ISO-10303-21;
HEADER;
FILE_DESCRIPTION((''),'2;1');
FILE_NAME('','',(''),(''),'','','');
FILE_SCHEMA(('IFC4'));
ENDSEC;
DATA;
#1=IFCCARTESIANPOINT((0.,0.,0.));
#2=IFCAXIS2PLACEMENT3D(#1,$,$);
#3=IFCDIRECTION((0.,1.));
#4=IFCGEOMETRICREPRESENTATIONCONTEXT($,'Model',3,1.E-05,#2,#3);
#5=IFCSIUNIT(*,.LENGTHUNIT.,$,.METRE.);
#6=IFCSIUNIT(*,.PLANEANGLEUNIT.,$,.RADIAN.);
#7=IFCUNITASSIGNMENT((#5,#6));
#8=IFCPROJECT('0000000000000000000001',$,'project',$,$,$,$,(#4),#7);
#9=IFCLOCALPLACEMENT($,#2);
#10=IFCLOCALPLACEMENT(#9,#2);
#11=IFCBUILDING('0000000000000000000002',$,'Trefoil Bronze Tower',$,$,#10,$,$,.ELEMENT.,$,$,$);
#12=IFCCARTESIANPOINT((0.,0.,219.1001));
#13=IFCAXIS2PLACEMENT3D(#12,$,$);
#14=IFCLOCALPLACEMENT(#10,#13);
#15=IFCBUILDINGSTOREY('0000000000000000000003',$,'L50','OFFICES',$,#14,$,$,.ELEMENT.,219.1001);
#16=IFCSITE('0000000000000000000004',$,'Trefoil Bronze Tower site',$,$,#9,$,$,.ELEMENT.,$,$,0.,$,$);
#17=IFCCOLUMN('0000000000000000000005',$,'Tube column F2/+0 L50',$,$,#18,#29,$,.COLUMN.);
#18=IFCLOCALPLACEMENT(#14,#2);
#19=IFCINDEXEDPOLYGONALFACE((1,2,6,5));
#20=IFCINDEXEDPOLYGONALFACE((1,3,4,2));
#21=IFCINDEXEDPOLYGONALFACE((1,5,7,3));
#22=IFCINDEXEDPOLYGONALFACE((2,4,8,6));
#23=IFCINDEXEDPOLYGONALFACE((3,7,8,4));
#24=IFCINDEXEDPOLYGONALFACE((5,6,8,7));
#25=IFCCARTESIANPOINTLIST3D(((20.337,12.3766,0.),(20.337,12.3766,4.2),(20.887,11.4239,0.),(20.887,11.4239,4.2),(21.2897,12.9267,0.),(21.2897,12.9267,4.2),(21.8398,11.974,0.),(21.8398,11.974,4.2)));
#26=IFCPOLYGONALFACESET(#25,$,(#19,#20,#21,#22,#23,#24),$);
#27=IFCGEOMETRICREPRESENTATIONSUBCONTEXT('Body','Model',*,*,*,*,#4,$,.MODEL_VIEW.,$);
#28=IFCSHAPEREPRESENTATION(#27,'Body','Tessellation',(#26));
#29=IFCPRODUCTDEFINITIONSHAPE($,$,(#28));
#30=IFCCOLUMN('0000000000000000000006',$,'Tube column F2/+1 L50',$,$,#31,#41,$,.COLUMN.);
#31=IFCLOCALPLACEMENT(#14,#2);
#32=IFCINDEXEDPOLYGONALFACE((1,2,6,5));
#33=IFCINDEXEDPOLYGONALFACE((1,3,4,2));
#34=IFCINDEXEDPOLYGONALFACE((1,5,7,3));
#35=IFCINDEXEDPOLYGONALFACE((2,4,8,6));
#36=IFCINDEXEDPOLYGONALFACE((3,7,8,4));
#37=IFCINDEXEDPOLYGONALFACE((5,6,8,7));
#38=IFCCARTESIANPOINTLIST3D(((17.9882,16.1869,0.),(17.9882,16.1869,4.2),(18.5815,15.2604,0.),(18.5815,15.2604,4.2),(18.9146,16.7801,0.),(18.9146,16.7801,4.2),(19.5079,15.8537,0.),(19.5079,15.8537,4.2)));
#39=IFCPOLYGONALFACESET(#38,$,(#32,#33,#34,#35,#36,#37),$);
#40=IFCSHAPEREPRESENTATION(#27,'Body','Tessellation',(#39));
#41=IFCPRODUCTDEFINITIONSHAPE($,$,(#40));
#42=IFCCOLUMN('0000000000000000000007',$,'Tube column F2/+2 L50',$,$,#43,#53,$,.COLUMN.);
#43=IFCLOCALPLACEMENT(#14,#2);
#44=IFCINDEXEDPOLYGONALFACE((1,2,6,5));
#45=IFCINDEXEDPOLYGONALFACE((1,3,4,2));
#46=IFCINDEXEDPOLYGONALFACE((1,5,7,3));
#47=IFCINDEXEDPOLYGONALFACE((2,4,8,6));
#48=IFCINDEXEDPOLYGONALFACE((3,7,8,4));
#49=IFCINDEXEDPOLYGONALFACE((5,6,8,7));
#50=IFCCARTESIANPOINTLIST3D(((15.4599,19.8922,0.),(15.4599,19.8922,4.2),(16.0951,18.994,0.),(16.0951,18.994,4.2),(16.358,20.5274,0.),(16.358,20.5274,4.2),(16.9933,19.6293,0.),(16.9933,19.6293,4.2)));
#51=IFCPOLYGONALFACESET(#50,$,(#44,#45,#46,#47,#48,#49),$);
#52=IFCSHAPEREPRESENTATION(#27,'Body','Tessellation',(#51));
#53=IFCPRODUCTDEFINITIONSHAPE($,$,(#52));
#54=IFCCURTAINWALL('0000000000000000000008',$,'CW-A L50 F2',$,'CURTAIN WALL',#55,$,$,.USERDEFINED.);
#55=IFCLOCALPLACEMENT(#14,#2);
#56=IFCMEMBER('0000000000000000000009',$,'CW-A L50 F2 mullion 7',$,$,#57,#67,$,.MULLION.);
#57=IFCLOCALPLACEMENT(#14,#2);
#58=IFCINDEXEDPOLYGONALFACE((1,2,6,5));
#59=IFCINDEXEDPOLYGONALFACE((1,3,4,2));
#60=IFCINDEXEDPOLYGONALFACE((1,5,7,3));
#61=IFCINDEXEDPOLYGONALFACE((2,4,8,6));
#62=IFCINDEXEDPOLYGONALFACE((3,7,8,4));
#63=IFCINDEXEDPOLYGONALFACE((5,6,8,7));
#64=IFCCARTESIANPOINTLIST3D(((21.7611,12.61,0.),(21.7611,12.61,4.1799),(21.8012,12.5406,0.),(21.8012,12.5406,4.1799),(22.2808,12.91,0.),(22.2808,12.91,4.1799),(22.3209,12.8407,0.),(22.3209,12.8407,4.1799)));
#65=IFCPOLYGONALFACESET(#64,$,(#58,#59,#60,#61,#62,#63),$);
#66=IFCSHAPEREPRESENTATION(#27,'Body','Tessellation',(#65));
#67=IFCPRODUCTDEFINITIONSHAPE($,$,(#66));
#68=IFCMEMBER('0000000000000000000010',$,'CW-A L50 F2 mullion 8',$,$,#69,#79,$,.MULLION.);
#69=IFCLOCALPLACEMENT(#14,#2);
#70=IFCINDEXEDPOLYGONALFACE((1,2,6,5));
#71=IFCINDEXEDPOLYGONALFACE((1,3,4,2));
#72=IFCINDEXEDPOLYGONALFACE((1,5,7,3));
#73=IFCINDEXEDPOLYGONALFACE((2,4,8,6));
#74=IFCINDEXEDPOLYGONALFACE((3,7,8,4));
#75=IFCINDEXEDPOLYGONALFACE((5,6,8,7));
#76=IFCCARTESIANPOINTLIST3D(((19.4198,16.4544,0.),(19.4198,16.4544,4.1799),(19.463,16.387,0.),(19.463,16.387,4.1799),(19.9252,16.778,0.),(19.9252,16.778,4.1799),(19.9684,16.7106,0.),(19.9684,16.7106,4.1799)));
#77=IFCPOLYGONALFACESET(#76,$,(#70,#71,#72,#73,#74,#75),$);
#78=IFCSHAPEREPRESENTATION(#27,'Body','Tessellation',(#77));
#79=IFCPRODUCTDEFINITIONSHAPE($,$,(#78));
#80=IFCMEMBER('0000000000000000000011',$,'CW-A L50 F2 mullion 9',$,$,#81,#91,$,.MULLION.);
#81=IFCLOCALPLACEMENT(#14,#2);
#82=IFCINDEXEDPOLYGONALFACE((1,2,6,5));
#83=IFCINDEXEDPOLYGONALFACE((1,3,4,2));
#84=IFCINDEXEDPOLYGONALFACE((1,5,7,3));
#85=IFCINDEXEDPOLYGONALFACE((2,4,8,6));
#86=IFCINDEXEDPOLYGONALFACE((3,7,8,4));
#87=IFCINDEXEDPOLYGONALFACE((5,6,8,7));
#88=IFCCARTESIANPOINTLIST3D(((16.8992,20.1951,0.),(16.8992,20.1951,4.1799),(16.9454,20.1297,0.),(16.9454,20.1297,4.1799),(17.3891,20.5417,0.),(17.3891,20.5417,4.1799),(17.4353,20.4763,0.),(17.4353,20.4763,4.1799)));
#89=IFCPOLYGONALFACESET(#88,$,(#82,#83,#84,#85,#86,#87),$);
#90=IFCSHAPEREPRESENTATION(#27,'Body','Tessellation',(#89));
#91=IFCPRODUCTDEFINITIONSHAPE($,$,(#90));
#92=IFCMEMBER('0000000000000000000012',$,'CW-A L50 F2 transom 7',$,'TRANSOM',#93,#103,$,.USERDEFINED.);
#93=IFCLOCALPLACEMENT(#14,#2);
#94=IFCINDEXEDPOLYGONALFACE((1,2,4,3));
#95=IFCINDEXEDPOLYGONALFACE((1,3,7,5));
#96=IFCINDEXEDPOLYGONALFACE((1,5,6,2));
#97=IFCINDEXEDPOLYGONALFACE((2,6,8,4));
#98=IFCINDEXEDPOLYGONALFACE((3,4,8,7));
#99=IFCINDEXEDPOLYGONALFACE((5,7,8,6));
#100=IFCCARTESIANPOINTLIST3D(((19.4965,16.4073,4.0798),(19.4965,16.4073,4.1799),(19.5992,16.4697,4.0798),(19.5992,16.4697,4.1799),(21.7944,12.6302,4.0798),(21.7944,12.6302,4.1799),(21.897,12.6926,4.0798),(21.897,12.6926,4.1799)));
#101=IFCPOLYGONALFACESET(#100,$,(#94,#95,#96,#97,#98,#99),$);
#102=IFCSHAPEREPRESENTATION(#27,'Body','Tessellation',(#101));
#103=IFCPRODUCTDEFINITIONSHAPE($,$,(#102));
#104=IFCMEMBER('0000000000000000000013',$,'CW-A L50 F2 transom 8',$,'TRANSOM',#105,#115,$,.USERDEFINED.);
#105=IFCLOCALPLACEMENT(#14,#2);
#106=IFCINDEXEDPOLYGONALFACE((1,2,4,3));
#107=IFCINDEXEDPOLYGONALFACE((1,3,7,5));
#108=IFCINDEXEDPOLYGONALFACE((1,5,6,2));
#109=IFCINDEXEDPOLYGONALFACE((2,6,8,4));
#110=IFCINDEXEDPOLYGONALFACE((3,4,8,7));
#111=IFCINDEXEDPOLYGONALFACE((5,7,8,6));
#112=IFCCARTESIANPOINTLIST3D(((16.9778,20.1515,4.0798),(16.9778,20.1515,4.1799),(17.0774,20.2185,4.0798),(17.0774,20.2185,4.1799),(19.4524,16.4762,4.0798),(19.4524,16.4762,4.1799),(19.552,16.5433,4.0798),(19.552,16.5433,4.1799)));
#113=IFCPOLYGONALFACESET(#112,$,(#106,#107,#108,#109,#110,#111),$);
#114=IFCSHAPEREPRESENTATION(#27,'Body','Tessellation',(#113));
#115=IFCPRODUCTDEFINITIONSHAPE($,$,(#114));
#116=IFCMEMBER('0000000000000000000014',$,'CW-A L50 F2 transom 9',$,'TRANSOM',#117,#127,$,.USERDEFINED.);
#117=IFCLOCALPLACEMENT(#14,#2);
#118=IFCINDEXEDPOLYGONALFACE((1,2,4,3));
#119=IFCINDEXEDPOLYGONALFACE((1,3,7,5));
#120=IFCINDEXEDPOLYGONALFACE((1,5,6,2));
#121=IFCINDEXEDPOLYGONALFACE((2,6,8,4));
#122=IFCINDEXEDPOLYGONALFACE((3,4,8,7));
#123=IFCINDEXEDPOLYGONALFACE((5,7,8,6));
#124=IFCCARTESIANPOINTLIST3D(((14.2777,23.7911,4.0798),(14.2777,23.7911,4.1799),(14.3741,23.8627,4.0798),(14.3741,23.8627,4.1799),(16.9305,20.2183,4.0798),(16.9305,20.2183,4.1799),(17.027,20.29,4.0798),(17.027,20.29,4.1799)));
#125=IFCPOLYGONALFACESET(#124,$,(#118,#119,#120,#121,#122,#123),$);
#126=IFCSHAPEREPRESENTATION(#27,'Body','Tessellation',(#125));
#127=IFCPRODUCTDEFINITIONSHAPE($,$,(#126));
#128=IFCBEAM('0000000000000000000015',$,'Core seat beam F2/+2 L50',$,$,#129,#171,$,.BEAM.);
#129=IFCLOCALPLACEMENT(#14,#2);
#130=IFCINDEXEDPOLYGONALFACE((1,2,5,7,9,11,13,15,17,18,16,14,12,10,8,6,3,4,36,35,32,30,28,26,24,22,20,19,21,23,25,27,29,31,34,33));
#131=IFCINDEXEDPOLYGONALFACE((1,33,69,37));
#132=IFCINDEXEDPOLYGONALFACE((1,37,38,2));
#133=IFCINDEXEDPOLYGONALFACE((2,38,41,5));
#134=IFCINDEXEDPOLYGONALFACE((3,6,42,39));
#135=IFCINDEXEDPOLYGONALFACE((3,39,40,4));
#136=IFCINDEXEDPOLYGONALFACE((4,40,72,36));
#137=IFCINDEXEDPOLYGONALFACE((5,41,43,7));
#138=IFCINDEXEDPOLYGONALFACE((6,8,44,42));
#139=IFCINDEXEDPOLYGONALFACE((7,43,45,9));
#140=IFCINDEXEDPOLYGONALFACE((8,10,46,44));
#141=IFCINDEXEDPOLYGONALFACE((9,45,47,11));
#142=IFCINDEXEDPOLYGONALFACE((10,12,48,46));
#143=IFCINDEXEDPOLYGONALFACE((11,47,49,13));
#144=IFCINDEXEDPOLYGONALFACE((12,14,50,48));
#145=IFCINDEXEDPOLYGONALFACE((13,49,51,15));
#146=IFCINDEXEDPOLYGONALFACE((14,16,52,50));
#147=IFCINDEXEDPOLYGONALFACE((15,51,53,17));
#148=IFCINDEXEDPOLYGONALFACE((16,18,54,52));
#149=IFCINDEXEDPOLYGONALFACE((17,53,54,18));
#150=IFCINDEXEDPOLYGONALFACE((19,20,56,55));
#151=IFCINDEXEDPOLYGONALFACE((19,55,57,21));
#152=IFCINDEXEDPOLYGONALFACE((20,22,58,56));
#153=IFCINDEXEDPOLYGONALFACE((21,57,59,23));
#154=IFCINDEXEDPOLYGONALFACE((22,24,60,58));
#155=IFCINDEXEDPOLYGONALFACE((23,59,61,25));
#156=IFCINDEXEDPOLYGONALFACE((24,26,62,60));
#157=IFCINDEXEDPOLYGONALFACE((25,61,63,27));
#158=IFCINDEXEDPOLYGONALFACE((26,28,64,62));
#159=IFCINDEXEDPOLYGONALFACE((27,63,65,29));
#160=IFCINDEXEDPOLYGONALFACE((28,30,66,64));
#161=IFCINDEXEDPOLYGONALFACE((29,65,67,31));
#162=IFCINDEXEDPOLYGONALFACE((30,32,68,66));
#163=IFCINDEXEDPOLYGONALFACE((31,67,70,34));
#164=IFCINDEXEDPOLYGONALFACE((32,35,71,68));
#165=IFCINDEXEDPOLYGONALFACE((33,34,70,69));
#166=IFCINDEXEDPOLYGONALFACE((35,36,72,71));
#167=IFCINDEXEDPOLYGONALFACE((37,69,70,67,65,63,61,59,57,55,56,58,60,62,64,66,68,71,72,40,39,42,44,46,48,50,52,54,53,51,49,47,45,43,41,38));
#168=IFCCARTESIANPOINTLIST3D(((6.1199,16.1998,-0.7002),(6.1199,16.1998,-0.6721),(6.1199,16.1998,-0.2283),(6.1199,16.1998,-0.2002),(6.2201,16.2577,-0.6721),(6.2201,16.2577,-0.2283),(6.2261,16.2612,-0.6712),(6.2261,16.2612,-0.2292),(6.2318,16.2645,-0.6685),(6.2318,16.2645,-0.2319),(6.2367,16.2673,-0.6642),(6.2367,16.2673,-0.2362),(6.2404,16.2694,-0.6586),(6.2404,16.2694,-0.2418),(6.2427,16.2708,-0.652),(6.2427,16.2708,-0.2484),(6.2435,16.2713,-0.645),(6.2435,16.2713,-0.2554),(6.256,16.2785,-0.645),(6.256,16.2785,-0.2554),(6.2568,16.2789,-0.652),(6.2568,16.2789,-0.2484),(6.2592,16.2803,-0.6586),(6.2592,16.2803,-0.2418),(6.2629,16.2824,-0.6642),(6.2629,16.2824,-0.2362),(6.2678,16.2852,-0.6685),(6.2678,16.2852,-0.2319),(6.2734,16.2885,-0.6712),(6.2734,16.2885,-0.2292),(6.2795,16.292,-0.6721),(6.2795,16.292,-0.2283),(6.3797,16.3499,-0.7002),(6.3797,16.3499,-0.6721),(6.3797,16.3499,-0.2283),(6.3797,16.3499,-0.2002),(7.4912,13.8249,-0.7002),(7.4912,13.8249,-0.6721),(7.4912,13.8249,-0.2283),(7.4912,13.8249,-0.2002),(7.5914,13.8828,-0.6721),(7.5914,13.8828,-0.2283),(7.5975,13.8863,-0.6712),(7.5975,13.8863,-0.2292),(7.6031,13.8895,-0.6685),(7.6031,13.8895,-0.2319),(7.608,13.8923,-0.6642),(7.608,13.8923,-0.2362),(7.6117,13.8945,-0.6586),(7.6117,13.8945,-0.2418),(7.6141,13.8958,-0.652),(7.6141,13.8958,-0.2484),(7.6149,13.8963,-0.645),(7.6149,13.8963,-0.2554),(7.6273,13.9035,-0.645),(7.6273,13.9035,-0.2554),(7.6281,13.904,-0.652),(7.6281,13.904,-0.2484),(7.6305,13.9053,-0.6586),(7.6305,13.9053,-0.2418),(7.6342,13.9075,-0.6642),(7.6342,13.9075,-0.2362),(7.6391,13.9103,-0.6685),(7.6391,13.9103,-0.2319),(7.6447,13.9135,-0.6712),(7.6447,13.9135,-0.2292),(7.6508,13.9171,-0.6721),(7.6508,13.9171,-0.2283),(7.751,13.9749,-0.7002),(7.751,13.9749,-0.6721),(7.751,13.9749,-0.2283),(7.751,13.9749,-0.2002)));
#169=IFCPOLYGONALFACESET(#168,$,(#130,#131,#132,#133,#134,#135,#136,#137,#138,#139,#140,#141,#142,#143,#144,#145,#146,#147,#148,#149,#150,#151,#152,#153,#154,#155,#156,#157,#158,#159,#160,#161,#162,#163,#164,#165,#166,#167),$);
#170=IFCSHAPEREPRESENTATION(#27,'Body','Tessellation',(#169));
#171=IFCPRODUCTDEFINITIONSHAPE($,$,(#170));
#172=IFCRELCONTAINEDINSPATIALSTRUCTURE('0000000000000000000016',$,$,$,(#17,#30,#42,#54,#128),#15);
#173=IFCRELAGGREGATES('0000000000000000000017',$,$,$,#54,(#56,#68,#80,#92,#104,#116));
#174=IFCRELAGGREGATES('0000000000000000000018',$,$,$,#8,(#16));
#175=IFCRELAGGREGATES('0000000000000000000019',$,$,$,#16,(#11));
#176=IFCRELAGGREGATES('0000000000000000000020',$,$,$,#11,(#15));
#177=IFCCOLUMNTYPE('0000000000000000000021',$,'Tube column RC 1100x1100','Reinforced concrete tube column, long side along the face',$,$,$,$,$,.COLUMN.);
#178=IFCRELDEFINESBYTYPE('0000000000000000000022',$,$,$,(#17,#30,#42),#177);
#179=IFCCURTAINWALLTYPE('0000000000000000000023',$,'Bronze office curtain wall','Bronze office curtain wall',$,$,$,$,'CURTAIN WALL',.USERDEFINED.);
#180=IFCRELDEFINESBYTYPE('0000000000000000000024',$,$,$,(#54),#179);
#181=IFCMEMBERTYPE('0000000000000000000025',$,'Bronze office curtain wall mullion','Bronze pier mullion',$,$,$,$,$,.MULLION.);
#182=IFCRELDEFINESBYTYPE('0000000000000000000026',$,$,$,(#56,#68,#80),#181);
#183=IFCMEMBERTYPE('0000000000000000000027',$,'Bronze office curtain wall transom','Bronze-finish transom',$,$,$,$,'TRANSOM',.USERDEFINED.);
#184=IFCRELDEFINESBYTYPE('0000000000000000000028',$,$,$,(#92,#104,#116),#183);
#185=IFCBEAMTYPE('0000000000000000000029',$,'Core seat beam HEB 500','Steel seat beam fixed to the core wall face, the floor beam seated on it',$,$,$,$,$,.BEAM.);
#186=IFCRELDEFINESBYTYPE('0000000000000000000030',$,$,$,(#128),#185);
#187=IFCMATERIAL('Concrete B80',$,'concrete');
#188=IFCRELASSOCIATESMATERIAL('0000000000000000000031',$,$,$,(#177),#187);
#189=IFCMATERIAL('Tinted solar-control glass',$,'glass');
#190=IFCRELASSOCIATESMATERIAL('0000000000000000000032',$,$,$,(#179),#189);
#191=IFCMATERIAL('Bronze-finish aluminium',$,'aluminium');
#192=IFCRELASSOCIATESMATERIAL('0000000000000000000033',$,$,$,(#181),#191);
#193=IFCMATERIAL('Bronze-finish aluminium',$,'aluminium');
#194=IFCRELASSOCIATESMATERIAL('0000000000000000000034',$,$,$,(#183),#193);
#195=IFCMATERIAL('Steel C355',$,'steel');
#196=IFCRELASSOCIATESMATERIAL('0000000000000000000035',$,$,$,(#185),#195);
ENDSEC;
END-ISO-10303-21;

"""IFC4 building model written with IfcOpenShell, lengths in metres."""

from ifc_helpers import new_model, si_unit, direction, frame, origin, origin_2d, place, context, subcontext, project, spatial, rectangle, i_section, extrude, material, material_profile, profile_set, type_object, element, aggregate, save


model = new_model("IFC4")

# Units and contexts
model_context = context("Model", 3, precision=1e-05, world=origin(), true_north=direction((0.0, 1.0)))
body_context = subcontext(model_context, "Body", "Model", "MODEL_VIEW")
ifc_project = project(units=[si_unit("LENGTHUNIT", "METRE"), si_unit("PLANEANGLEUNIT", "RADIAN")], contexts=[model_context])

# Site, building, storey
site_placement = place(None, origin())
site = spatial("IfcSite", under=ifc_project, at=site_placement, Name="Trefoil Bronze Tower site", CompositionType="ELEMENT", RefElevation=0.0)
building_placement = place(site_placement, origin())
building = spatial("IfcBuilding", under=site, at=building_placement, Name="Trefoil Bronze Tower", CompositionType="ELEMENT")
storey_placement = place(building_placement, frame((0.0, 0.0, 219.1001)))
storey = spatial("IfcBuildingStorey", under=building, at=storey_placement, Name="L50", Description="OFFICES", CompositionType="ELEMENT", Elevation=219.1001)

# Columns
ifc_material_1 = material(Name="Concrete B80", Category="concrete")
ifc_material_profile_1 = material_profile(ifc_material_1, rectangle(XDim=1.1001, YDim=1.1001, at=origin_2d()), Name="RC 1100x1100")
ifc_profile_set_1 = profile_set([ifc_material_profile_1], Name="Concrete B80")
column_type = type_object("IfcColumnType", Name="Tube column RC 1100x1100", Description="Reinforced concrete tube column, long side along the face", PredefinedType="COLUMN", material=ifc_profile_set_1)
for number, where, z_axis, x_axis, name in (
    (1, (21.0884, 12.1753, 0.0), (0.0, 0.0, 1.0), (-0.5, 0.866025, 0.0), "Tube column F2/+0 L50"),
    (2, (18.748, 16.0203, 0.0), (0.0, 0.0, 1.0), (-0.53927, 0.842133, 0.0), "Tube column F2/+1 L50"),
    (3, (16.2266, 19.7607, 0.0), (0.0, 0.0, 1.0), (-0.577481, 0.816404, 0.0), "Tube column F2/+2 L50"),
):
    element("IfcColumn", number, at=place(storey_placement, frame(where, z_axis=z_axis, x_axis=x_axis)), inside=storey, type_object=column_type, Name=name, PredefinedType="COLUMN", context=body_context, shape_type="SweptSolid", body=[
        extrude(rectangle(XDim=1.1001, YDim=1.1001, at=origin_2d()), origin(), (0.0, 0.0, 1.0), 4.2),
    ])

# Curtain wall, members
ifc_material_2 = material(Name="Tinted solar-control glass", Category="glass")
curtain_wall_type = type_object("IfcCurtainWallType", Name="Bronze office curtain wall", Description="Bronze office curtain wall", ElementType="CURTAIN WALL", PredefinedType="USERDEFINED", material=ifc_material_2)
curtain_wall_placement = place(storey_placement, origin())
curtain_wall = element("IfcCurtainWall", 4, at=curtain_wall_placement, inside=storey, type_object=curtain_wall_type, Name="CW-A L50 F2", ObjectType="CURTAIN WALL", PredefinedType="USERDEFINED")
ifc_material_3 = material(Name="Bronze-finish aluminium", Category="aluminium")
ifc_material_profile_2 = material_profile(ifc_material_3, rectangle(XDim=0.6001, YDim=0.0801, at=origin_2d()), Name="CW-A mullion")
ifc_profile_set_2 = profile_set([ifc_material_profile_2], Name="Bronze-finish aluminium")
member_type_1 = type_object("IfcMemberType", Name="Bronze office curtain wall mullion", Description="Bronze pier mullion", PredefinedType="MULLION", material=ifc_profile_set_2)
member_1_placement = place(storey_placement, frame((22.041, 12.7253, 0.0), z_axis=(0.0, 0.0, 1.0), x_axis=(-0.866025, -0.5, 0.0)))
member_1 = element("IfcMember", 5, at=member_1_placement, type_object=member_type_1, Name="CW-A L50 F2 mullion 7", PredefinedType="MULLION", context=body_context, shape_type="SweptSolid", body=[
    extrude(rectangle(XDim=0.6001, YDim=0.0801, at=origin_2d()), origin(), (0.0, 0.0, 1.0), 4.1799),
])
member_2_placement = place(storey_placement, frame((19.6941, 16.5825, 0.0), z_axis=(0.0, 0.0, 1.0), x_axis=(-0.842133, -0.53927, 0.0)))
member_2 = element("IfcMember", 6, at=member_2_placement, type_object=member_type_1, Name="CW-A L50 F2 mullion 8", PredefinedType="MULLION", context=body_context, shape_type="SweptSolid", body=[
    extrude(rectangle(XDim=0.6001, YDim=0.0801, at=origin_2d()), origin(), (0.0, 0.0, 1.0), 4.1799),
])
member_3_placement = place(storey_placement, frame((17.1672, 20.3357, 0.0), z_axis=(0.0, 0.0, 1.0), x_axis=(-0.816404, -0.577481, 0.0)))
member_3 = element("IfcMember", 7, at=member_3_placement, type_object=member_type_1, Name="CW-A L50 F2 mullion 9", PredefinedType="MULLION", context=body_context, shape_type="SweptSolid", body=[
    extrude(rectangle(XDim=0.6001, YDim=0.0801, at=origin_2d()), origin(), (0.0, 0.0, 1.0), 4.1799),
])
ifc_material_4 = material(Name="Bronze-finish aluminium", Category="aluminium")
ifc_material_profile_3 = material_profile(ifc_material_4, rectangle(XDim=0.1201, YDim=0.1001, at=origin_2d()), Name="CW-A transom")
ifc_profile_set_3 = profile_set([ifc_material_profile_3], Name="Bronze-finish aluminium")
member_type_2 = type_object("IfcMemberType", Name="Bronze office curtain wall transom", Description="Bronze-finish transom", ElementType="TRANSOM", PredefinedType="USERDEFINED", material=ifc_profile_set_3)
member_4_placement = place(storey_placement, frame((21.8457, 12.6614, 4.1299), z_axis=(-0.51974, 0.854324, 0.0), x_axis=(-0.854324, -0.51974, 0.0)))
member_4 = element("IfcMember", 8, at=member_4_placement, type_object=member_type_2, Name="CW-A L50 F2 transom 7", ObjectType="TRANSOM", PredefinedType="USERDEFINED", context=body_context, shape_type="SweptSolid", body=[
    extrude(rectangle(XDim=0.1201, YDim=0.1001, at=origin_2d()), origin(), (0.0, 0.0, 1.0), 4.4211),
])
member_5_placement = place(storey_placement, frame((19.5022, 16.5098, 4.1299), z_axis=(-0.558509, 0.829498, 0.0), x_axis=(-0.829498, -0.558509, 0.0)))
member_5 = element("IfcMember", 9, at=member_5_placement, type_object=member_type_2, Name="CW-A L50 F2 transom 8", ObjectType="TRANSOM", PredefinedType="USERDEFINED", context=body_context, shape_type="SweptSolid", body=[
    extrude(rectangle(XDim=0.1201, YDim=0.1001, at=origin_2d()), origin(), (0.0, 0.0, 1.0), 4.4307),
])
member_6_placement = place(storey_placement, frame((16.9788, 20.2542, 4.1299), z_axis=(-0.596148, 0.802874, 0.0), x_axis=(-0.802874, -0.596148, 0.0)))
member_6 = element("IfcMember", 10, at=member_6_placement, type_object=member_type_2, Name="CW-A L50 F2 transom 9", ObjectType="TRANSOM", PredefinedType="USERDEFINED", context=body_context, shape_type="SweptSolid", body=[
    extrude(rectangle(XDim=0.1201, YDim=0.1001, at=origin_2d()), origin(), (0.0, 0.0, 1.0), 4.45),
])

# Beam
ifc_material_5 = material(Name="Steel C355", Category="steel")
ifc_material_profile_4 = material_profile(ifc_material_5, i_section(OverallWidth=0.3, OverallDepth=0.5, WebThickness=0.0144, FlangeThickness=0.0281, FilletRadius=0.0271, at=origin_2d()), Name="HEB 500")
ifc_profile_set_4 = profile_set([ifc_material_profile_4], Name="Steel C355")
beam_type_1 = type_object("IfcBeamType", Name="Core seat beam HEB 500", Description="Steel seat beam fixed to the core wall face, the floor beam seated on it", PredefinedType="BEAM", material=ifc_profile_set_4)
beam_1_placement = place(storey_placement, frame((7.6211, 13.8999, -0.4502), z_axis=(-0.500036, 0.866005, 0.0), x_axis=(-0.866005, -0.500036, 0.0)))
element("IfcBeam", 11, at=beam_1_placement, inside=storey, type_object=beam_type_1, Name="Core seat beam F2/+2 L50", PredefinedType="BEAM", context=body_context, shape_type="SweptSolid", body=[
    extrude(i_section(OverallWidth=0.3, OverallDepth=0.5, WebThickness=0.0144, FlangeThickness=0.0281, FilletRadius=0.0271, at=origin_2d()), origin(), (0.0, 0.0, 1.0), 2.7424),
])

aggregate(curtain_wall, [member_1, member_2, member_3, member_4, member_5, member_6])

save(model, "model.ifc")
